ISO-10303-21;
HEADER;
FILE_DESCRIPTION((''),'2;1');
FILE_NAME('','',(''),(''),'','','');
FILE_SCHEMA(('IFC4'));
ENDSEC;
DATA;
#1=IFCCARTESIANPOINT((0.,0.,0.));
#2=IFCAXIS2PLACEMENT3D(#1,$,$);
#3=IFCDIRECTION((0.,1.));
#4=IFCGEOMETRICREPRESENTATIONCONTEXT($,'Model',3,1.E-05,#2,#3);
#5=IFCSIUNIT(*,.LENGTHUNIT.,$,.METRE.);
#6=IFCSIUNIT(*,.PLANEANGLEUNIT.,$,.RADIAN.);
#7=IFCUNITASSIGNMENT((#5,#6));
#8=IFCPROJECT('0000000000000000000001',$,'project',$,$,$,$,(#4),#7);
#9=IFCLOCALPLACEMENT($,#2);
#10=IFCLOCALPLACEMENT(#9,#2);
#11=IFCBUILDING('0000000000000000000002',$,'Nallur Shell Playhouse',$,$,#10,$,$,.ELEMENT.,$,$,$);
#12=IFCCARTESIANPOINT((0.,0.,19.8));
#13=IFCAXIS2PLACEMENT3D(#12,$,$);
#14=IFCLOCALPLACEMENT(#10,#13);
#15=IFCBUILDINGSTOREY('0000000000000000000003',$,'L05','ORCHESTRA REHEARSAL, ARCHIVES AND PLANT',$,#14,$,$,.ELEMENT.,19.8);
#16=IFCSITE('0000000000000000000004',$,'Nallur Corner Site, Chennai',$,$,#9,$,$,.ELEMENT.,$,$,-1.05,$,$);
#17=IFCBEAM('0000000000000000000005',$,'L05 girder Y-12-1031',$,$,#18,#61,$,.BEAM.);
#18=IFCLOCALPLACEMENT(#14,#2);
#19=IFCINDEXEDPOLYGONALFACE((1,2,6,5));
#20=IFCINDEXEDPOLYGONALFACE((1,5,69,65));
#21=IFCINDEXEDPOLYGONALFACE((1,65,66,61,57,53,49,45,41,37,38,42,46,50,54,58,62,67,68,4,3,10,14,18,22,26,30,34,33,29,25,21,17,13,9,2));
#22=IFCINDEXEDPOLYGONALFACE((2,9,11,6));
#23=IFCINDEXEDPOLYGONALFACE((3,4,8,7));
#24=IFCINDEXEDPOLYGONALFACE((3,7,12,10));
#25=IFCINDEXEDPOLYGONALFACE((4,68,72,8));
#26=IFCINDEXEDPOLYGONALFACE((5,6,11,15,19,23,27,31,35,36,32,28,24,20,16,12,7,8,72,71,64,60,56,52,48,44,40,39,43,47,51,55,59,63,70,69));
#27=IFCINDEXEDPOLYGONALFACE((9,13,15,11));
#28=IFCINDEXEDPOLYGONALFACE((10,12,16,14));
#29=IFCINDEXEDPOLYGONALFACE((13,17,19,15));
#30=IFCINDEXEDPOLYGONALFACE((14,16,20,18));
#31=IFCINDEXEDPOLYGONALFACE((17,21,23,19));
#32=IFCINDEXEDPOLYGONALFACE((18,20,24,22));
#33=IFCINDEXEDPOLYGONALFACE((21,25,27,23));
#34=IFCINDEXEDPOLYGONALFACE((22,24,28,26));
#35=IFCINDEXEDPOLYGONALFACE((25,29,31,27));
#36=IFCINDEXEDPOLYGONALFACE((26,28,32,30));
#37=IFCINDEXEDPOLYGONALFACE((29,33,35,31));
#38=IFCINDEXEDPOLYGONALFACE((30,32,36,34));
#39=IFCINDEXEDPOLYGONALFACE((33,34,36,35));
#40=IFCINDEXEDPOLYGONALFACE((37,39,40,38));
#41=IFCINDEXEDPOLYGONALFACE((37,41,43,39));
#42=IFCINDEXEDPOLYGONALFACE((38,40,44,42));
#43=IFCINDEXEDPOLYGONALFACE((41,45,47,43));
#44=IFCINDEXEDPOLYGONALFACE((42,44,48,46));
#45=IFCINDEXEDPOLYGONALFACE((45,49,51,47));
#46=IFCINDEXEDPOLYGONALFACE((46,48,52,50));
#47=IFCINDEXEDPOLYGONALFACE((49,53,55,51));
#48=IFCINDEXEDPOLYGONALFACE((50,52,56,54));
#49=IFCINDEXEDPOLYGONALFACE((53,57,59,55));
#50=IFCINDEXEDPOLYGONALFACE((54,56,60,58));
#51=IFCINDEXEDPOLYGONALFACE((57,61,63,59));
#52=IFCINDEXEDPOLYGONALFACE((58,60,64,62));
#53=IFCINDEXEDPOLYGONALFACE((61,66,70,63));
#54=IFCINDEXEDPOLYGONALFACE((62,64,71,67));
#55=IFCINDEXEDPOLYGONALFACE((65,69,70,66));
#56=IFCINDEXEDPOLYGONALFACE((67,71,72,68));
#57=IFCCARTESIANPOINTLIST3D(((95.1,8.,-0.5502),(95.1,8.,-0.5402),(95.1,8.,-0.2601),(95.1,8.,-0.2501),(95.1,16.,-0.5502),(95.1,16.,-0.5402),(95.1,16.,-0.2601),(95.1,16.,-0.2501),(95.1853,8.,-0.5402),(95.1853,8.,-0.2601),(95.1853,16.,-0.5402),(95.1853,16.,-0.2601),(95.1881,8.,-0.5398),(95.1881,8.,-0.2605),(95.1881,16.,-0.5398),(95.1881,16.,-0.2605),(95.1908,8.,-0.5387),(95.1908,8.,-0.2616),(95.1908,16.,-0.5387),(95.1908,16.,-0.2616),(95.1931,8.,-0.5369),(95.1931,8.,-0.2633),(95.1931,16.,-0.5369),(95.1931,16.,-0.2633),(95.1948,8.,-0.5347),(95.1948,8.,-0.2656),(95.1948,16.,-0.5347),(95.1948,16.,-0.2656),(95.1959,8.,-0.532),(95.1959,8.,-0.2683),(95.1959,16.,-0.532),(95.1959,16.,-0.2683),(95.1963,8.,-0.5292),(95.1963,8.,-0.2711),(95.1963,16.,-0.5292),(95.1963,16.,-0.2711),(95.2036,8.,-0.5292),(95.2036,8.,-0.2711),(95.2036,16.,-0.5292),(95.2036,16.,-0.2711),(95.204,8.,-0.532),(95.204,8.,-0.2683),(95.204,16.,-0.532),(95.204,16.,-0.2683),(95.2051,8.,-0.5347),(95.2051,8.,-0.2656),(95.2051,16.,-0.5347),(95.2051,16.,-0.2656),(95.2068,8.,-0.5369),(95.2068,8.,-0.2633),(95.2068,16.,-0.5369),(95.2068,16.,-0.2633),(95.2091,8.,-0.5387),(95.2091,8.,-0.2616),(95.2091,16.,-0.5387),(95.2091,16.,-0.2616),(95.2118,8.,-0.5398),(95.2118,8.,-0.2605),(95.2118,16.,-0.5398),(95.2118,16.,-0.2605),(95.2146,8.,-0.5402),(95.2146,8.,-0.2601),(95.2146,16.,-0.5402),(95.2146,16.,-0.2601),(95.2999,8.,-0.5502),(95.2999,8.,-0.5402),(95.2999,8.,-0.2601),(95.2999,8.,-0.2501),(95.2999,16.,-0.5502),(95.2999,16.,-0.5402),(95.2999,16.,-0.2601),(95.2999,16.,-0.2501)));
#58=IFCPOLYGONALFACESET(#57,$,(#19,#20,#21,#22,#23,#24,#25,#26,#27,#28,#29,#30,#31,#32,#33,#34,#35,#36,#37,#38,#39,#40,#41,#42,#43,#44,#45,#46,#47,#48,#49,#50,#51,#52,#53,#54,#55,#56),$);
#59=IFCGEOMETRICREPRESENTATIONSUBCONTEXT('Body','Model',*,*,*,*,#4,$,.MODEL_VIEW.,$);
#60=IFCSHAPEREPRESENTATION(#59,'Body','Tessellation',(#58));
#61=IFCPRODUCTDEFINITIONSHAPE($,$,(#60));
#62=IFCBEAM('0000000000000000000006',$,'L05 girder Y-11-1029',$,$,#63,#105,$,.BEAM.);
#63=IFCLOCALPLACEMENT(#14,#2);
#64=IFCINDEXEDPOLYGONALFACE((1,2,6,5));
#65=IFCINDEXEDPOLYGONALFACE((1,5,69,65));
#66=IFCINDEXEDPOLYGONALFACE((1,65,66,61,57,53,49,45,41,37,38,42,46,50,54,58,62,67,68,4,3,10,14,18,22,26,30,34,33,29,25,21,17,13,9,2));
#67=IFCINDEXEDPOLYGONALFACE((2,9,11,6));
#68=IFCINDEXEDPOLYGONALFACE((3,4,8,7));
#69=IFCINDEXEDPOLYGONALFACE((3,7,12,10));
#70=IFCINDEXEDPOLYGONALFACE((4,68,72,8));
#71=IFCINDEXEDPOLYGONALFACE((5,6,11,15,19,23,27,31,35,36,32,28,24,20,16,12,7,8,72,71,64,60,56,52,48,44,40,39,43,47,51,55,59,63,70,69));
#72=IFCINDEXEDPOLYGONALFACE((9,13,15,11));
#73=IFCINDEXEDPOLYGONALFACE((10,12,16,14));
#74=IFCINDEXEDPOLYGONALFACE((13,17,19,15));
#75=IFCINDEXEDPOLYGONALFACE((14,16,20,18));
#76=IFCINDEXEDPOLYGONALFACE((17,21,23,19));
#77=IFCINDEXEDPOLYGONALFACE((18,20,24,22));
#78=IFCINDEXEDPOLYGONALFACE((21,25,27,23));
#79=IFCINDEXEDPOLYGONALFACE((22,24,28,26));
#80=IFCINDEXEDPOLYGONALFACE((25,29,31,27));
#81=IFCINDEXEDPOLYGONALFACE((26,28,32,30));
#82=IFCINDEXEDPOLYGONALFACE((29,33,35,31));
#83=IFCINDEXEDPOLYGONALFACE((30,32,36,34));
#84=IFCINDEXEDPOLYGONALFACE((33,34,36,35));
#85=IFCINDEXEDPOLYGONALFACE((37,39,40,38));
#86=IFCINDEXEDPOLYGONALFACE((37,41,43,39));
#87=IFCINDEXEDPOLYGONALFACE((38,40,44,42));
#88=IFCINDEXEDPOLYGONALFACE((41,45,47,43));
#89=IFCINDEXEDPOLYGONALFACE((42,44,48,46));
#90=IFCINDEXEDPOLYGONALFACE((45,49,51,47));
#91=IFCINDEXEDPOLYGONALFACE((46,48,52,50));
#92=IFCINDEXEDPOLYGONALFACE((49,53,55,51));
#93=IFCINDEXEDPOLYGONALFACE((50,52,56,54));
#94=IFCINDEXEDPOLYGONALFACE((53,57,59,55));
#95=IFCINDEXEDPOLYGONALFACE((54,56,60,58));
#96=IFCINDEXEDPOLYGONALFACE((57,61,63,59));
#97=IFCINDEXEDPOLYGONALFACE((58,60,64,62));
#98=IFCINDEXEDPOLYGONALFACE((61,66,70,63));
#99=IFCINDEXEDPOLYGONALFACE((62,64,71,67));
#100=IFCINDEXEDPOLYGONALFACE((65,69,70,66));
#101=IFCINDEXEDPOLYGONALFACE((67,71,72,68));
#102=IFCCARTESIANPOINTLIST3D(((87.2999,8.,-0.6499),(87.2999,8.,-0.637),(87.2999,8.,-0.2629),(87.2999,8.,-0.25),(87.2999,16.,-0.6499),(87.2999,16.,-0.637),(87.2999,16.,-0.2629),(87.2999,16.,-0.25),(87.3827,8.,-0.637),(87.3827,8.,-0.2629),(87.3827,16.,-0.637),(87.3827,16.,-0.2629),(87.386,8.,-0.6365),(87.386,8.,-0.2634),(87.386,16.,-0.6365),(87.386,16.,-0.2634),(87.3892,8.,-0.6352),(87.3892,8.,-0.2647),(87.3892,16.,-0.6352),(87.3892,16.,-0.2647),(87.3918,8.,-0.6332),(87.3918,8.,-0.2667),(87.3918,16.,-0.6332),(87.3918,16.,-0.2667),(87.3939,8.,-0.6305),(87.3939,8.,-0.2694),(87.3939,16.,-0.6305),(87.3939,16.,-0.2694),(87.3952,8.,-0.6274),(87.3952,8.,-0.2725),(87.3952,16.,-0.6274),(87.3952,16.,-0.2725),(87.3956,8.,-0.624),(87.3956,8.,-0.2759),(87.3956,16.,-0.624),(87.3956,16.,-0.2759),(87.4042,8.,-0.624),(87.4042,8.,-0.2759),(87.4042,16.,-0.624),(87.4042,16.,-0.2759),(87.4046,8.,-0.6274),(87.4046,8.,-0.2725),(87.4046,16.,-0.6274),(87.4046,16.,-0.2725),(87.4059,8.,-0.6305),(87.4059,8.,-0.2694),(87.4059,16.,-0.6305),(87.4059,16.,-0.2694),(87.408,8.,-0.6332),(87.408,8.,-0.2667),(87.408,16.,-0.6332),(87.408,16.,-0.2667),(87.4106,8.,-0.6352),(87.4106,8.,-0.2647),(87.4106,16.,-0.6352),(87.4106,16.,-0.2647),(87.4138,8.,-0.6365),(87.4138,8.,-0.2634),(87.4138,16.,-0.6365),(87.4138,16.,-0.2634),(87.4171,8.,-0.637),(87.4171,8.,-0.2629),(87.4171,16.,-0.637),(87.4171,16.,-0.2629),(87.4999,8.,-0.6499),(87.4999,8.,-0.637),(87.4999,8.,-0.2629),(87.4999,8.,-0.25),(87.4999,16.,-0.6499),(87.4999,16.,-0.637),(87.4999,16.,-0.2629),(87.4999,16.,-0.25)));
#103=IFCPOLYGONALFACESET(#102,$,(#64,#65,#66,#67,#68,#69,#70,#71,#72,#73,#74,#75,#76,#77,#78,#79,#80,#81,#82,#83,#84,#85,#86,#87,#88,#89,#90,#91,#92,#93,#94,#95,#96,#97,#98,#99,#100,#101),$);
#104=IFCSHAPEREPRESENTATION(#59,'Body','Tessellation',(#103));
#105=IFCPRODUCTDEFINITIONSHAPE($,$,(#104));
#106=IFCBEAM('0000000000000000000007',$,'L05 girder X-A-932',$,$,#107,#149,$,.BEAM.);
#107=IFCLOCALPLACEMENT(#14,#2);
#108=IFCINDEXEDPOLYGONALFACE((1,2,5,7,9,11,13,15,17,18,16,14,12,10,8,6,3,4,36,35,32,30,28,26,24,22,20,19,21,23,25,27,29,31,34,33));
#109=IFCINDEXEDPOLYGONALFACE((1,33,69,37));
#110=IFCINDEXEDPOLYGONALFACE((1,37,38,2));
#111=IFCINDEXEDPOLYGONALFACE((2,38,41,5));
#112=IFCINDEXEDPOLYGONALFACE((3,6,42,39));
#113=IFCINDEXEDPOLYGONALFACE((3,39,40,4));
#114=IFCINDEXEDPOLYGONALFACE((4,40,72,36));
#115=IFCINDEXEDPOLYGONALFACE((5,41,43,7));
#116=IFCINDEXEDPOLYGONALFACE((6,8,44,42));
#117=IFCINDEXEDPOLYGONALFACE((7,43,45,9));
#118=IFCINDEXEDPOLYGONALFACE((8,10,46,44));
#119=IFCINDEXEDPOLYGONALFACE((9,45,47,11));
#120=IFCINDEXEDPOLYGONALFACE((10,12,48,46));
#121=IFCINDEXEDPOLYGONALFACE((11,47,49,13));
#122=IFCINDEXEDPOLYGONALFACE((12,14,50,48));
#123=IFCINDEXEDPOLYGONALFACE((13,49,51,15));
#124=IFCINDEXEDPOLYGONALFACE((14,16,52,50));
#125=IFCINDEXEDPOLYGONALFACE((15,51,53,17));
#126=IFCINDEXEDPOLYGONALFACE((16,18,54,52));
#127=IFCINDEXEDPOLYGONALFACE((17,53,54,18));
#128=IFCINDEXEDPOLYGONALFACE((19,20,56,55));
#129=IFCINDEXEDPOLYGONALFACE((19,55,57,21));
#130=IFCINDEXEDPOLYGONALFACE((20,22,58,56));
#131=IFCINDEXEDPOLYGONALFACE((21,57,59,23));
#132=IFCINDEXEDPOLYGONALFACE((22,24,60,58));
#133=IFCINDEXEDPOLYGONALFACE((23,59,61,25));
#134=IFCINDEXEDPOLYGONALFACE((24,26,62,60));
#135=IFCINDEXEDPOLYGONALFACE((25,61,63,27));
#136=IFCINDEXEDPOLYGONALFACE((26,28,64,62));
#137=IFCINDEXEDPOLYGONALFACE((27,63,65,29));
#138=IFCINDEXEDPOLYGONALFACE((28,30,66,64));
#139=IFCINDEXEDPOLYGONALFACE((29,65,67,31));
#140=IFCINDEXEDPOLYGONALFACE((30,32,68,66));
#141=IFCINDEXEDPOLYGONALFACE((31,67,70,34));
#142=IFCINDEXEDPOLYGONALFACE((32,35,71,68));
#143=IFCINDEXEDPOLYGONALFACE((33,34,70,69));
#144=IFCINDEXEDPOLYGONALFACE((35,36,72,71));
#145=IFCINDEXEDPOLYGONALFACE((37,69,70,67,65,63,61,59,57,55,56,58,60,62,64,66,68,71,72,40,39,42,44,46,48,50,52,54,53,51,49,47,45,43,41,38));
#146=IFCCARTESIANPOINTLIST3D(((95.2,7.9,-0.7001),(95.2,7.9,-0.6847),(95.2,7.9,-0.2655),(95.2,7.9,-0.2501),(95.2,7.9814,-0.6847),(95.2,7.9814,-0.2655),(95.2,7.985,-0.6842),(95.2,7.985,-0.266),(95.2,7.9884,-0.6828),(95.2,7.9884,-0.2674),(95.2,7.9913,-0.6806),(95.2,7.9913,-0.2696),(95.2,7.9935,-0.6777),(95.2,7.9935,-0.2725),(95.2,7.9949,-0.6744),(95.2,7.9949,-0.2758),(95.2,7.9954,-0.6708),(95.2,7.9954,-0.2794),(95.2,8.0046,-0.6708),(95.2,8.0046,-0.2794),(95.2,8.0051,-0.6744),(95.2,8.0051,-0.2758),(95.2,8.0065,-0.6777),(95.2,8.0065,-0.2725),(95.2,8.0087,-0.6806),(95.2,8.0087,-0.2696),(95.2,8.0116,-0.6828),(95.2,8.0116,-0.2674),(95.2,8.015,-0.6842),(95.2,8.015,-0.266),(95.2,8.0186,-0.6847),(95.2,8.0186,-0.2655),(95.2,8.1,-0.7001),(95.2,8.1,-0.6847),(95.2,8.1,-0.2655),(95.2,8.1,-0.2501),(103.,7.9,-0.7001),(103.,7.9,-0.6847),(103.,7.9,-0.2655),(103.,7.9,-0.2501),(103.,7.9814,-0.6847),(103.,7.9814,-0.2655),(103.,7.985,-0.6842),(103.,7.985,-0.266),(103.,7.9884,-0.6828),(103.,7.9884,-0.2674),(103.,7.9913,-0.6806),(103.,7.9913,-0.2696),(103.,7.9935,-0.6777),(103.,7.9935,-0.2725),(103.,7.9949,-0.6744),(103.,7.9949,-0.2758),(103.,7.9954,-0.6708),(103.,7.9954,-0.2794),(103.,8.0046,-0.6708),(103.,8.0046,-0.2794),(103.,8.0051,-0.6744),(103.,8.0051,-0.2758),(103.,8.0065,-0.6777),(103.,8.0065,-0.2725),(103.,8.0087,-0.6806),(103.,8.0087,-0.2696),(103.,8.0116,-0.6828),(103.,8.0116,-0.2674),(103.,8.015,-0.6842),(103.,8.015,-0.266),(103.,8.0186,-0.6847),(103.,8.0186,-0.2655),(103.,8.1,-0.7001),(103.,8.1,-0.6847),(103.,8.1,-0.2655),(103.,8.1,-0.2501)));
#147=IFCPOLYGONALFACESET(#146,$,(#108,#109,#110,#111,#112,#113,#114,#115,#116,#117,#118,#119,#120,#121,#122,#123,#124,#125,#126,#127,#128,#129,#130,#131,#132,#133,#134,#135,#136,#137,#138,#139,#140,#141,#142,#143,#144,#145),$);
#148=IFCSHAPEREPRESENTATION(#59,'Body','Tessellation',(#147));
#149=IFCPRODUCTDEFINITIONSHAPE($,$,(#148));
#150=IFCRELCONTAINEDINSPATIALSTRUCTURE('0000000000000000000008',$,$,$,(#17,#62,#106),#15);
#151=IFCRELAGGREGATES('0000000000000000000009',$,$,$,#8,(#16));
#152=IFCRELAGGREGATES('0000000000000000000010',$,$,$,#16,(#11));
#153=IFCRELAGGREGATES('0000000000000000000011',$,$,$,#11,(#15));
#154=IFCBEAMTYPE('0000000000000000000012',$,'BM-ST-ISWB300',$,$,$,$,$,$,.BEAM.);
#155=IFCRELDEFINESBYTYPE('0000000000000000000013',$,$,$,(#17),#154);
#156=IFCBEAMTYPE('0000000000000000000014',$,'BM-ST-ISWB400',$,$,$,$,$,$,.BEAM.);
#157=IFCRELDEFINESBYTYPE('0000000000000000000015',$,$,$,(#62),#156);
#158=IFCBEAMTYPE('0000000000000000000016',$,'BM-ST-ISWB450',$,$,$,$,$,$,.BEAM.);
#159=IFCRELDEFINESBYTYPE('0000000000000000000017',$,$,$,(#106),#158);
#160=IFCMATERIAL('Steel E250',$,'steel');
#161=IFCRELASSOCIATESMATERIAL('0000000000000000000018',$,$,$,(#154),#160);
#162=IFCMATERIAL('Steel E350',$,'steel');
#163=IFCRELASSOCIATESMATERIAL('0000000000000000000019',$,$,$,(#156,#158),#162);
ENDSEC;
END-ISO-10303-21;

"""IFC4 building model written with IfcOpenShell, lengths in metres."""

from ifc_helpers import new_model, si_unit, direction, frame, origin, origin_2d, place, context, subcontext, project, spatial, i_section, extrude, material, material_profile, profile_set, type_object, element, save


model = new_model("IFC4")

# Units and contexts
model_context = context("Model", 3, precision=1e-05, world=origin(), true_north=direction((0.0, 1.0)))
body_context = subcontext(model_context, "Body", "Model", "MODEL_VIEW")
ifc_project = project(units=[si_unit("LENGTHUNIT", "METRE"), si_unit("PLANEANGLEUNIT", "RADIAN")], contexts=[model_context])

# Site, building, storey
site_placement = place(None, origin())
site = spatial("IfcSite", under=ifc_project, at=site_placement, Name="Nallur Corner Site, Chennai", CompositionType="ELEMENT", RefElevation=-1.05)
building_placement = place(site_placement, origin())
building = spatial("IfcBuilding", under=site, at=building_placement, Name="Nallur Shell Playhouse", CompositionType="ELEMENT")
storey_placement = place(building_placement, frame((0.0, 0.0, 19.8)))
storey = spatial("IfcBuildingStorey", under=building, at=storey_placement, Name="L05", Description="ORCHESTRA REHEARSAL, ARCHIVES AND PLANT", CompositionType="ELEMENT", Elevation=19.8)

# Beams
ifc_material_1 = material(Name="Steel E350", Category="steel")
ifc_material_2 = material(Name="Steel E250", Category="steel")
ifc_material_profile_1 = material_profile(ifc_material_2, i_section(OverallWidth=0.2, OverallDepth=0.3, WebThickness=0.0073, FlangeThickness=0.01, FilletRadius=0.011, at=origin_2d()), Name="ISWB 300")
ifc_profile_set_1 = profile_set([ifc_material_profile_1], Name="Steel E250")
beam_type_1 = type_object("IfcBeamType", Name="BM-ST-ISWB300", PredefinedType="BEAM", material=ifc_profile_set_1)
beam_1_placement = place(storey_placement, frame((95.2, 8.0, -0.4001), z_axis=(0.0, 1.0, 0.0), x_axis=(-1.0, 0.0, 0.0)))
element("IfcBeam", 1, at=beam_1_placement, inside=storey, type_object=beam_type_1, Name="L05 girder Y-12-1031", PredefinedType="BEAM", context=body_context, shape_type="SweptSolid", body=[
    extrude(i_section(OverallWidth=0.2, OverallDepth=0.3, WebThickness=0.0073, FlangeThickness=0.01, FilletRadius=0.011, at=origin_2d()), origin(), (0.0, 0.0, 1.0), 8.0),
])
ifc_material_profile_2 = material_profile(ifc_material_1, i_section(OverallWidth=0.2, OverallDepth=0.3999, WebThickness=0.0085, FlangeThickness=0.0129, FilletRadius=0.0129, at=origin_2d()), Name="ISWB 400")
ifc_profile_set_2 = profile_set([ifc_material_profile_2], Name="Steel E350")
beam_type_2 = type_object("IfcBeamType", Name="BM-ST-ISWB400", PredefinedType="BEAM", material=ifc_profile_set_2)
beam_2_placement = place(storey_placement, frame((87.3999, 8.0, -0.45), z_axis=(0.0, 1.0, 0.0), x_axis=(-1.0, 0.0, 0.0)))
element("IfcBeam", 2, at=beam_2_placement, inside=storey, type_object=beam_type_2, Name="L05 girder Y-11-1029", PredefinedType="BEAM", context=body_context, shape_type="SweptSolid", body=[
    extrude(i_section(OverallWidth=0.2, OverallDepth=0.3999, WebThickness=0.0085, FlangeThickness=0.0129, FilletRadius=0.0129, at=origin_2d()), origin(), (0.0, 0.0, 1.0), 8.0),
])
ifc_material_profile_3 = material_profile(ifc_material_1, i_section(OverallWidth=0.2, OverallDepth=0.45, WebThickness=0.0093, FlangeThickness=0.0154, FilletRadius=0.0139, at=origin_2d()), Name="ISWB 450")
ifc_profile_set_3 = profile_set([ifc_material_profile_3], Name="Steel E350")
beam_type_3 = type_object("IfcBeamType", Name="BM-ST-ISWB450", PredefinedType="BEAM", material=ifc_profile_set_3)
beam_3_placement = place(storey_placement, frame((95.2, 8.0, -0.4751), z_axis=(1.0, 0.0, 0.0), x_axis=(0.0, 1.0, 0.0)))
element("IfcBeam", 3, at=beam_3_placement, inside=storey, type_object=beam_type_3, Name="L05 girder X-A-932", PredefinedType="BEAM", context=body_context, shape_type="SweptSolid", body=[
    extrude(i_section(OverallWidth=0.2, OverallDepth=0.45, WebThickness=0.0093, FlangeThickness=0.0154, FilletRadius=0.0139, at=origin_2d()), origin(), (0.0, 0.0, 1.0), 7.8),
])

save(model, "model.ifc")
